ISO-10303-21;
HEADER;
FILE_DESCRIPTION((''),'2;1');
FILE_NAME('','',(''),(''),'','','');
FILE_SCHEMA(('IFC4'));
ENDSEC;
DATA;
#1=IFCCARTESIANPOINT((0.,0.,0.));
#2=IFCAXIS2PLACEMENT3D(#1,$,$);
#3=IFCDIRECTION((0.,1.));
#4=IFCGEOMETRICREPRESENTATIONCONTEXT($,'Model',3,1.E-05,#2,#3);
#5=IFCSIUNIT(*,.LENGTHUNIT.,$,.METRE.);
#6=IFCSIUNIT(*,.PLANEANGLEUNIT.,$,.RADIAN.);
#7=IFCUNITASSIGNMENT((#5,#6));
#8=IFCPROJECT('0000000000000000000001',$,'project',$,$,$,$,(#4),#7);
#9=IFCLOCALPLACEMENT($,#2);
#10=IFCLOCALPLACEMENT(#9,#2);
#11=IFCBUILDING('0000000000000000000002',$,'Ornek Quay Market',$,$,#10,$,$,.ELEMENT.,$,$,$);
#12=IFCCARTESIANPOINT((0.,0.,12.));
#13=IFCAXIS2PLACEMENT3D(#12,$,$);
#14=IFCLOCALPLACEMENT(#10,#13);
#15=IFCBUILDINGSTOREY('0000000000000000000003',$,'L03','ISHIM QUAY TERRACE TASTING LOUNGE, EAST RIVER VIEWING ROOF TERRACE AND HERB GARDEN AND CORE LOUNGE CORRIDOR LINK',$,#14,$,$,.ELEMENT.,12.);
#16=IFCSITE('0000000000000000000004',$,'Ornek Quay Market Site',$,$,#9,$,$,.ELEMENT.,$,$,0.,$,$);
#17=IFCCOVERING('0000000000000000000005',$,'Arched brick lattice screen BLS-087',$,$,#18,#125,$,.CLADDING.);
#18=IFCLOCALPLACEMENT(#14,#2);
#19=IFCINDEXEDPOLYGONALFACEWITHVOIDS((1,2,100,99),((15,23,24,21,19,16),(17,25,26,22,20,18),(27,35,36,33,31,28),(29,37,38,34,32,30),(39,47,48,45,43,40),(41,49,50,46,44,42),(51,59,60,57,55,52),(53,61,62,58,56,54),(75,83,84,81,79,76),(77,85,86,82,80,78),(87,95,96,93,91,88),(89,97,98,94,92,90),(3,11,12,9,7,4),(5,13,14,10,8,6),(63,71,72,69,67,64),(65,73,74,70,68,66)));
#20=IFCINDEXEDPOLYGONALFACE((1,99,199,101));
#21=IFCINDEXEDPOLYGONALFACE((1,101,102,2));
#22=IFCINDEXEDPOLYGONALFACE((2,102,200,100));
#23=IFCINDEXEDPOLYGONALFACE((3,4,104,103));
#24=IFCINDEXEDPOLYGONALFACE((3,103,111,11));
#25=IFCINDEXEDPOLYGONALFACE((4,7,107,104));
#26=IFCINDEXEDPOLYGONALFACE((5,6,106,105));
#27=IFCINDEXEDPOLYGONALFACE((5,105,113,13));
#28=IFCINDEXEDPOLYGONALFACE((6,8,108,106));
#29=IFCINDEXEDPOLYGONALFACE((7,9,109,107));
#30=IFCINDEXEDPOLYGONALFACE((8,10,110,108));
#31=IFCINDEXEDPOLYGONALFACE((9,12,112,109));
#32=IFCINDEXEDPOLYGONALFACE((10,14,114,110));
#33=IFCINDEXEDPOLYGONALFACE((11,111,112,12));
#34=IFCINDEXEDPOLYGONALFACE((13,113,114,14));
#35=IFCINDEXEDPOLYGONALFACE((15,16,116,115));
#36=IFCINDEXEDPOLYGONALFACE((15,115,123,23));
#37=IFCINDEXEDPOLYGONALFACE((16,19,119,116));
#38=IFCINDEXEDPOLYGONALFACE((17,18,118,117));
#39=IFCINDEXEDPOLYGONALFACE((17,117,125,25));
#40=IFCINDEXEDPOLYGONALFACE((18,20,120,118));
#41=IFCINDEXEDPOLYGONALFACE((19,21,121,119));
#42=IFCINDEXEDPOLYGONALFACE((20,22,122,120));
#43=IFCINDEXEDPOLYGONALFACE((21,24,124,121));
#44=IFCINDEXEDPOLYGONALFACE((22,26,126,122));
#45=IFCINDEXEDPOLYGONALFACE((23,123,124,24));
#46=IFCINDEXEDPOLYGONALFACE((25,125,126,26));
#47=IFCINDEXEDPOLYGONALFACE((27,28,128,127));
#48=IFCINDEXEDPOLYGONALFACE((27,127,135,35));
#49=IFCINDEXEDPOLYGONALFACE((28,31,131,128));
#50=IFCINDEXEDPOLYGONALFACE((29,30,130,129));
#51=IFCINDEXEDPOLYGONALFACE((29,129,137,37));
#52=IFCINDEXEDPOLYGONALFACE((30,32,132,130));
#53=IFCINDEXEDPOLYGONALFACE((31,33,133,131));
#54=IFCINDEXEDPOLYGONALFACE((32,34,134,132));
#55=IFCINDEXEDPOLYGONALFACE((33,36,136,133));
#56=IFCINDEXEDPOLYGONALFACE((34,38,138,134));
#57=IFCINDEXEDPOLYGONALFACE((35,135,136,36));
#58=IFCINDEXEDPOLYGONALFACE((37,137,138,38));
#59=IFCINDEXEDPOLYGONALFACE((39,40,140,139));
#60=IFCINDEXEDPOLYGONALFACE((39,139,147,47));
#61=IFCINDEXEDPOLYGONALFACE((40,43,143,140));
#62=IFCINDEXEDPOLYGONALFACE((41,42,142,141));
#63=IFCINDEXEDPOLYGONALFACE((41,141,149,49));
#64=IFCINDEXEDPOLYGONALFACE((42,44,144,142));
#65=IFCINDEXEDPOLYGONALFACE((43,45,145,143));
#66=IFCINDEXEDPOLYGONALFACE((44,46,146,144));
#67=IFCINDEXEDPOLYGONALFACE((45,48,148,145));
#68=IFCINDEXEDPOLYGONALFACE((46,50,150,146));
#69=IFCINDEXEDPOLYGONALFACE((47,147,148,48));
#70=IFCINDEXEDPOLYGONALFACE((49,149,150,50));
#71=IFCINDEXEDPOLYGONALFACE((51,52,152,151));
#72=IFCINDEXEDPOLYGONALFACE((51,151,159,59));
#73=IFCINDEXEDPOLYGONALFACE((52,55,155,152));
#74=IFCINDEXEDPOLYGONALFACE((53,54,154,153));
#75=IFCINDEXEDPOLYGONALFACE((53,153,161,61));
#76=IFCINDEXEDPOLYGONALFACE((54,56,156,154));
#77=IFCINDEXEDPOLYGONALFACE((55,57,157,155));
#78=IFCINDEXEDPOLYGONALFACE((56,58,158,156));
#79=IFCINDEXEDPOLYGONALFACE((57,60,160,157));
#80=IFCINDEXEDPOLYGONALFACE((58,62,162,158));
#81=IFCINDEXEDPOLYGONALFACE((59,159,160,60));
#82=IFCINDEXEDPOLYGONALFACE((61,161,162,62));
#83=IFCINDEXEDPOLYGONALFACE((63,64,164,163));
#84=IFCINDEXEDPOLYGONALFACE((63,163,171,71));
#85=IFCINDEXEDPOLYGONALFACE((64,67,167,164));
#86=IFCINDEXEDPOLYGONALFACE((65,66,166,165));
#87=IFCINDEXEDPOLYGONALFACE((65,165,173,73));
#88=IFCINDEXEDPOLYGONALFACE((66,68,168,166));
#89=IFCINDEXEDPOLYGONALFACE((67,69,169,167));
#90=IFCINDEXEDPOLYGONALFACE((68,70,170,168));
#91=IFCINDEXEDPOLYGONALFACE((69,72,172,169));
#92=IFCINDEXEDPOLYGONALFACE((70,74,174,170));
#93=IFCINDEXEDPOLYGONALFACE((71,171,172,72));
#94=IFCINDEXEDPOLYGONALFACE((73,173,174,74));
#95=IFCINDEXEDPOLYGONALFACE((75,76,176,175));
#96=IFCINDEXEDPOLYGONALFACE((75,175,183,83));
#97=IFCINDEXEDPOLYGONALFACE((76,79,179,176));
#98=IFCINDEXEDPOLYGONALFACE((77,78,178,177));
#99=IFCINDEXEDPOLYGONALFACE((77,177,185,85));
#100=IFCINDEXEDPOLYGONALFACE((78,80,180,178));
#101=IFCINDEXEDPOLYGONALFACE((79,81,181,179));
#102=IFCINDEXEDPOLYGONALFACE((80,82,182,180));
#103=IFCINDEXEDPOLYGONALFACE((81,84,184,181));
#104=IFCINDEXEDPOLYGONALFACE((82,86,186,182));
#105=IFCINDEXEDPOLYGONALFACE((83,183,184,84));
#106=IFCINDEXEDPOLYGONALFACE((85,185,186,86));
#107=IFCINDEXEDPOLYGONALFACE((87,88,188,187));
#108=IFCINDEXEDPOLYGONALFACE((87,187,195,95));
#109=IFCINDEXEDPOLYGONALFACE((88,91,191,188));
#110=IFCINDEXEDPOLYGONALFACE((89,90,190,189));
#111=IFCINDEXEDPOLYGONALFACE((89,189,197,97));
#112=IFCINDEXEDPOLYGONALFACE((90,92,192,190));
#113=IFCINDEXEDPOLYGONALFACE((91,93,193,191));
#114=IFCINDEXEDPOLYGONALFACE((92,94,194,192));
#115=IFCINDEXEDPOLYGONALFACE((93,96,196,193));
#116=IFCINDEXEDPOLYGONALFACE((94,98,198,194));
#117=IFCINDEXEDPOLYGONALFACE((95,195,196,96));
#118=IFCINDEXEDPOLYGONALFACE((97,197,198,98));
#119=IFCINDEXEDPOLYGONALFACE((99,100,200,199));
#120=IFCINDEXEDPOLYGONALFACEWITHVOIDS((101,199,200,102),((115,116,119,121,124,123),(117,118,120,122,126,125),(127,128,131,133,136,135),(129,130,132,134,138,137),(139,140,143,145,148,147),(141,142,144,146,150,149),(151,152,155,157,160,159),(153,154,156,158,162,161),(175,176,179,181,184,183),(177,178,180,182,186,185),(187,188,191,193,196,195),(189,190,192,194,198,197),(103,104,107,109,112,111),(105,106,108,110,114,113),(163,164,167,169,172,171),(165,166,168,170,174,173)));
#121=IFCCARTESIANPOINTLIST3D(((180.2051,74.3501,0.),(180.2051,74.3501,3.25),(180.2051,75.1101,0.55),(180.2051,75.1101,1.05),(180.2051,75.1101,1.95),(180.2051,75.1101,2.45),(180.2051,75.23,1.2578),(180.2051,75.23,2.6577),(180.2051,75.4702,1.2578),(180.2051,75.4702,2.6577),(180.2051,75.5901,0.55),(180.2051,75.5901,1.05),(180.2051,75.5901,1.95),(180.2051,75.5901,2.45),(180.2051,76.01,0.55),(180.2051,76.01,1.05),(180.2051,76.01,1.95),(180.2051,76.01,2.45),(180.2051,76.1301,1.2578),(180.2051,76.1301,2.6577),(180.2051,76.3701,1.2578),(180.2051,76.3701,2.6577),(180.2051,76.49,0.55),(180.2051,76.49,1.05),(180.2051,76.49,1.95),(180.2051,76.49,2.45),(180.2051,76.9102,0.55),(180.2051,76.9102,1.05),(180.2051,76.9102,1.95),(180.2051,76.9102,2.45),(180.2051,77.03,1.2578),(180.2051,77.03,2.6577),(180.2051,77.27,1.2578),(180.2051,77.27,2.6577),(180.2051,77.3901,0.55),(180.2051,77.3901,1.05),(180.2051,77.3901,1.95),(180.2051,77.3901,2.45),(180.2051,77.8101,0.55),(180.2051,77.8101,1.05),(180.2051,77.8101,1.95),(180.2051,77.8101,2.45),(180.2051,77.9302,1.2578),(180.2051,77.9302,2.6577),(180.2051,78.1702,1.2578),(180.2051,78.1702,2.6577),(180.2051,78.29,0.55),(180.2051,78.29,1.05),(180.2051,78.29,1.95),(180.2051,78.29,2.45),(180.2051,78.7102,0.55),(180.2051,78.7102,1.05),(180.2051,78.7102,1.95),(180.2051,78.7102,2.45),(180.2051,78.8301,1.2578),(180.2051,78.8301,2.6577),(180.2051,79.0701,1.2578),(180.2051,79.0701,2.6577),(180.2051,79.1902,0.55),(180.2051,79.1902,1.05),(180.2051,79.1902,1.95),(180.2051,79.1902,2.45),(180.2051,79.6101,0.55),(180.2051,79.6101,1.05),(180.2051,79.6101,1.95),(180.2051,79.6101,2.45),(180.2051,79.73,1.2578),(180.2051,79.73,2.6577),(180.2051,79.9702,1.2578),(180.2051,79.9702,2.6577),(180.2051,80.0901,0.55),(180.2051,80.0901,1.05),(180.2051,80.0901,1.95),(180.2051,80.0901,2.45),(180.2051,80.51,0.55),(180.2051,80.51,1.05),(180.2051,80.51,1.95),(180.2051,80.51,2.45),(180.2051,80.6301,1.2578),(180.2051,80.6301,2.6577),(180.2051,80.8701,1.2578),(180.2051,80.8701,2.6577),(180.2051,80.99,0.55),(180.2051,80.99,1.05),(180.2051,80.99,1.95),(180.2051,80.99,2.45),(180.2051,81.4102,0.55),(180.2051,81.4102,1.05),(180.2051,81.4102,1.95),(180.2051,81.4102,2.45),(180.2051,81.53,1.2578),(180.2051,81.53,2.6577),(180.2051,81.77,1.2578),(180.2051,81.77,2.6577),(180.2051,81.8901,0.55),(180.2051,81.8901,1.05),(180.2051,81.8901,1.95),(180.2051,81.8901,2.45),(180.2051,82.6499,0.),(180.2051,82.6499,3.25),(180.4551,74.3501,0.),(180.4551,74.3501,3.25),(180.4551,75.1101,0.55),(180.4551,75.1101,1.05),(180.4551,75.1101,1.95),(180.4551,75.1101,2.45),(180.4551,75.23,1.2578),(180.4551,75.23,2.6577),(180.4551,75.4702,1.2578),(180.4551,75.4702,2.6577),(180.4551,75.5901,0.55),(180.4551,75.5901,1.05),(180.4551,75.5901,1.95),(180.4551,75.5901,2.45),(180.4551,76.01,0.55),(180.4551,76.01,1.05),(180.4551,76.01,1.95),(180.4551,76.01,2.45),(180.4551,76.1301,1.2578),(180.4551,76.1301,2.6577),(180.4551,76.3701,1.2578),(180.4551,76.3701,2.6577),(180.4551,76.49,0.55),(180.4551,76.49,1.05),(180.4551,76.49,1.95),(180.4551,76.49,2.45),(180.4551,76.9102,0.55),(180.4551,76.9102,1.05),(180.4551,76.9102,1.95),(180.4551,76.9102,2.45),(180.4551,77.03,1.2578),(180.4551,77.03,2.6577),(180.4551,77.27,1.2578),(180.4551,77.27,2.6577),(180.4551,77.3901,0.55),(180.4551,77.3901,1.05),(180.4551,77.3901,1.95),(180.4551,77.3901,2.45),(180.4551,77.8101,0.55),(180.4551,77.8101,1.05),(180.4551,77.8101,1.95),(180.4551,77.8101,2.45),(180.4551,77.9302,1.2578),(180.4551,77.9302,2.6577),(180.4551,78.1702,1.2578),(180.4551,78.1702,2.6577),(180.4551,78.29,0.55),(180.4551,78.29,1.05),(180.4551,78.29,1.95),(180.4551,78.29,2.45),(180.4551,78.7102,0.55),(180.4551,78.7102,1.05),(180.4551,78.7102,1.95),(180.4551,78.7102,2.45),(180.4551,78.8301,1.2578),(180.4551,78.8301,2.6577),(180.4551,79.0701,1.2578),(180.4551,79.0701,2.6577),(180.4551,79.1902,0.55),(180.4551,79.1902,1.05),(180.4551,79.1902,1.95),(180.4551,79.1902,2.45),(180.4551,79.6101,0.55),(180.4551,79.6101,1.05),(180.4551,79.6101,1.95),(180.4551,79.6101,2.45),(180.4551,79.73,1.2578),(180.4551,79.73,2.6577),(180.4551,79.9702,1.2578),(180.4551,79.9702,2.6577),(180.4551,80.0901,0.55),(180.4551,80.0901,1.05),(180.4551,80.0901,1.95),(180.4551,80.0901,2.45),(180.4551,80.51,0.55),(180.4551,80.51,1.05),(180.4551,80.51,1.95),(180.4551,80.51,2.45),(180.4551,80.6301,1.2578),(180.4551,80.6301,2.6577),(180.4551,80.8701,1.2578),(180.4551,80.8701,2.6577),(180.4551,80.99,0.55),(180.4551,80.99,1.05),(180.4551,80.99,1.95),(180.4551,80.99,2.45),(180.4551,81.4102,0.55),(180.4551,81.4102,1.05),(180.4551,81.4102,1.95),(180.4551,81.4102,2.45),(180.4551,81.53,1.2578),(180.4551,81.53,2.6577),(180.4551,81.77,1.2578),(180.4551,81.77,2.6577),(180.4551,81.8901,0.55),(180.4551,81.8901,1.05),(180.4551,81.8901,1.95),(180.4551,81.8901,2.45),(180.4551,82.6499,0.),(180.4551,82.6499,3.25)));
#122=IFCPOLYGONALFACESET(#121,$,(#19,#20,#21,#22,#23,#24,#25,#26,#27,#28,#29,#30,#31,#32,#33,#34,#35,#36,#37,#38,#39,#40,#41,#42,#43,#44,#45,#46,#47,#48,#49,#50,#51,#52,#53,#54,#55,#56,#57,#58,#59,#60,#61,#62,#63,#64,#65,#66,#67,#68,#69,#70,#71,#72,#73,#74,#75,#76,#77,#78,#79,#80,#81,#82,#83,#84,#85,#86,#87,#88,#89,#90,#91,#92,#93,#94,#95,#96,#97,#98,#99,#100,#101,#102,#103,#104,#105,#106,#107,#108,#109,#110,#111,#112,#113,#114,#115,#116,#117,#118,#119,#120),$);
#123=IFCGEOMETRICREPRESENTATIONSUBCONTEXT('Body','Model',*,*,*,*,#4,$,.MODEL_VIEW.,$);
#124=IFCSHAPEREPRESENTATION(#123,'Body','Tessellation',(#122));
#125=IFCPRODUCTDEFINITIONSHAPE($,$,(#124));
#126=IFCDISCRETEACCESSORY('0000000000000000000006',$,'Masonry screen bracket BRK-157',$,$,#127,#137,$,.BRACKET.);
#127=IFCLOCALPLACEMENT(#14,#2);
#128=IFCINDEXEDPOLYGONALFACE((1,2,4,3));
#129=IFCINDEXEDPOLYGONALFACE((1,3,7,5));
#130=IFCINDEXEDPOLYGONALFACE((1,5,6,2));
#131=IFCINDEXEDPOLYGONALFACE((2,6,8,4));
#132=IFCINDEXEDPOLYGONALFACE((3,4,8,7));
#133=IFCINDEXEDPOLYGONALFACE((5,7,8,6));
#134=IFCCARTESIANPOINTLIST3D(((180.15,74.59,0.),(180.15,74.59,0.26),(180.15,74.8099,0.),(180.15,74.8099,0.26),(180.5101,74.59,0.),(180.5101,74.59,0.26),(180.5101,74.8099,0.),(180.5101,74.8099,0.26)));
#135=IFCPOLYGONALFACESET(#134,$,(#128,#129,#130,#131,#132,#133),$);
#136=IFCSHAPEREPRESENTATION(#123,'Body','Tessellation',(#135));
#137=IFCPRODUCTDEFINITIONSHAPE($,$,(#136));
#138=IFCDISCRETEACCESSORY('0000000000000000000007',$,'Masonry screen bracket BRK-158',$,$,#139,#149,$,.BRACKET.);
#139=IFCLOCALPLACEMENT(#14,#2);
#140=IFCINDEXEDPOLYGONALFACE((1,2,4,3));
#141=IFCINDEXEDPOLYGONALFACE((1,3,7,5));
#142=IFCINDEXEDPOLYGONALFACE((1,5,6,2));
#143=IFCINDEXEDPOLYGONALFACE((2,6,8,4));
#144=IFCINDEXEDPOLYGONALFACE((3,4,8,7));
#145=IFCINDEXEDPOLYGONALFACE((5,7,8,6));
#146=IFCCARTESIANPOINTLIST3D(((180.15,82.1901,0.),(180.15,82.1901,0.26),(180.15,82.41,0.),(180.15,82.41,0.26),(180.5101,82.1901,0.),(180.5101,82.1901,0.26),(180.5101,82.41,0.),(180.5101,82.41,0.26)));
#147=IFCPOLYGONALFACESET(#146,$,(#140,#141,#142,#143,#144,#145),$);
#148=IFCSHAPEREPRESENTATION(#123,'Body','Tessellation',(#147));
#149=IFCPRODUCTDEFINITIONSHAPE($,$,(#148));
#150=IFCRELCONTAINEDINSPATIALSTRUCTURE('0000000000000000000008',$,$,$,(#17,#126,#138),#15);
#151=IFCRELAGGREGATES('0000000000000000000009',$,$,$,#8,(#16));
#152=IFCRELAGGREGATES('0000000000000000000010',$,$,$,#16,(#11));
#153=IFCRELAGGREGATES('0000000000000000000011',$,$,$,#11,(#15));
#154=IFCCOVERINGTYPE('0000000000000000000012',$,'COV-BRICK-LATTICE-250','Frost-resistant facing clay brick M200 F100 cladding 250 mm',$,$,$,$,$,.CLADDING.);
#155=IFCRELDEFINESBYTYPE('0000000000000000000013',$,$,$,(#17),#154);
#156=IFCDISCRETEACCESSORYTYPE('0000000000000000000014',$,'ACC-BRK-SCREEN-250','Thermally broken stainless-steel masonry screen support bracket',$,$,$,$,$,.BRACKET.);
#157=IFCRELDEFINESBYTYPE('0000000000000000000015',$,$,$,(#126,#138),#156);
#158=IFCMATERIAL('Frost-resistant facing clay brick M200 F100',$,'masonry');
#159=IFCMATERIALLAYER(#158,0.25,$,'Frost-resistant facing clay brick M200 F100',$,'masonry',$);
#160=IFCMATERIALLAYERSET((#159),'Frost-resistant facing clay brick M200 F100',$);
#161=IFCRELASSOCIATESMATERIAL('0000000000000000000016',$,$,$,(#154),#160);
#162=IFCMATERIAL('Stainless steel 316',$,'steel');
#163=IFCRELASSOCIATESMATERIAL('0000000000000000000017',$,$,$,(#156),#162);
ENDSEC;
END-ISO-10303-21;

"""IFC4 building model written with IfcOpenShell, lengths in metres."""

from ifc_helpers import new_model, si_unit, direction, frame, origin, origin_2d, place, context, subcontext, project, spatial, polyline, rectangle, outline, extrude, material, layer, layer_set, type_object, element, save


model = new_model("IFC4")

# Units and contexts
model_context = context("Model", 3, precision=1e-05, world=origin(), true_north=direction((0.0, 1.0)))
body_context = subcontext(model_context, "Body", "Model", "MODEL_VIEW")
ifc_project = project(units=[si_unit("LENGTHUNIT", "METRE"), si_unit("PLANEANGLEUNIT", "RADIAN")], contexts=[model_context])

# Site, building, storey
site_placement = place(None, origin())
site = spatial("IfcSite", under=ifc_project, at=site_placement, Name="Ornek Quay Market Site", CompositionType="ELEMENT", RefElevation=0.0)
building_placement = place(site_placement, origin())
building = spatial("IfcBuilding", under=site, at=building_placement, Name="Ornek Quay Market", CompositionType="ELEMENT")
storey_placement = place(building_placement, frame((0.0, 0.0, 12.0)))
storey = spatial("IfcBuildingStorey", under=building, at=storey_placement, Name="L03", Description="ISHIM QUAY TERRACE TASTING LOUNGE, EAST RIVER VIEWING ROOF TERRACE AND HERB GARDEN AND CORE LOUNGE CORRIDOR LINK", CompositionType="ELEMENT", Elevation=12.0)

# Shared definitions
ifc_material_1 = material(Name="Frost-resistant facing clay brick M200 F100", Category="masonry")

# Covering
ifc_layer_1 = layer(ifc_material_1, 0.25, Name="Frost-resistant facing clay brick M200 F100", Category="masonry")
ifc_layer_set_1 = layer_set([ifc_layer_1], Name="Frost-resistant facing clay brick M200 F100")
covering_type = type_object("IfcCoveringType", Name="COV-BRICK-LATTICE-250", Description="Frost-resistant facing clay brick M200 F100 cladding 250 mm", PredefinedType="CLADDING", material=ifc_layer_set_1)
covering_placement = place(storey_placement, frame((180.3301, 74.3501, 0.0), z_axis=(0.0, 0.0, 1.0), x_axis=(0.0, 1.0, 0.0)))
element("IfcCovering", 1, at=covering_placement, inside=storey, type_object=covering_type, Name="Arched brick lattice screen BLS-087", PredefinedType="CLADDING", context=body_context, shape_type="SweptSolid", body=[
    extrude(outline(polyline([(0.0, 0.0), (8.2998, 0.0), (8.2998, 3.25), (0.0, 3.25), (0.0, 0.0)]), holes=[polyline([(0.76, 0.55), (1.24, 0.55), (1.24, 1.05), (1.1201, 1.2578), (0.8799, 1.2578), (0.76, 1.05), (0.76, 0.55)]), polyline([(0.76, 1.95), (1.24, 1.95), (1.24, 2.45), (1.1201, 2.6577), (0.8799, 2.6577), (0.76, 2.45), (0.76, 1.95)]), polyline([(1.6599, 0.55), (2.1399, 0.55), (2.1399, 1.05), (2.02, 1.2578), (1.78, 1.2578), (1.6599, 1.05), (1.6599, 0.55)]), polyline([(1.6599, 1.95), (2.1399, 1.95), (2.1399, 2.45), (2.02, 2.6577), (1.78, 2.6577), (1.6599, 2.45), (1.6599, 1.95)]), polyline([(2.5601, 0.55), (3.04, 0.55), (3.04, 1.05), (2.9199, 1.2578), (2.6799, 1.2578), (2.5601, 1.05), (2.5601, 0.55)]), polyline([(2.5601, 1.95), (3.04, 1.95), (3.04, 2.45), (2.9199, 2.6577), (2.6799, 2.6577), (2.5601, 2.45), (2.5601, 1.95)]), polyline([(3.46, 0.55), (3.9399, 0.55), (3.9399, 1.05), (3.8201, 1.2578), (3.5801, 1.2578), (3.46, 1.05), (3.46, 0.55)]), polyline([(3.46, 1.95), (3.9399, 1.95), (3.9399, 2.45), (3.8201, 2.6577), (3.5801, 2.6577), (3.46, 2.45), (3.46, 1.95)]), polyline([(4.3601, 0.55), (4.8401, 0.55), (4.8401, 1.05), (4.72, 1.2578), (4.48, 1.2578), (4.3601, 1.05), (4.3601, 0.55)]), polyline([(4.3601, 1.95), (4.8401, 1.95), (4.8401, 2.45), (4.72, 2.6577), (4.48, 2.6577), (4.3601, 2.45), (4.3601, 1.95)]), polyline([(5.26, 0.55), (5.74, 0.55), (5.74, 1.05), (5.6201, 1.2578), (5.3799, 1.2578), (5.26, 1.05), (5.26, 0.55)]), polyline([(5.26, 1.95), (5.74, 1.95), (5.74, 2.45), (5.6201, 2.6577), (5.3799, 2.6577), (5.26, 2.45), (5.26, 1.95)]), polyline([(6.1599, 0.55), (6.6399, 0.55), (6.6399, 1.05), (6.52, 1.2578), (6.28, 1.2578), (6.1599, 1.05), (6.1599, 0.55)]), polyline([(6.1599, 1.95), (6.6399, 1.95), (6.6399, 2.45), (6.52, 2.6577), (6.28, 2.6577), (6.1599, 2.45), (6.1599, 1.95)]), polyline([(7.0601, 0.55), (7.54, 0.55), (7.54, 1.05), (7.4199, 1.2578), (7.1799, 1.2578), (7.0601, 1.05), (7.0601, 0.55)]), polyline([(7.0601, 1.95), (7.54, 1.95), (7.54, 2.45), (7.4199, 2.6577), (7.1799, 2.6577), (7.0601, 2.45), (7.0601, 1.95)])]), frame((0.0, 0.125, 0.0), z_axis=(0.0, -1.0, 0.0), x_axis=(1.0, 0.0, 0.0)), (0.0, 0.0, 1.0), 0.25),
])

# Discrete accessories
ifc_material_2 = material(Name="Stainless steel 316", Category="steel")
discrete_accessory_type = type_object("IfcDiscreteAccessoryType", Name="ACC-BRK-SCREEN-250", Description="Thermally broken stainless-steel masonry screen support bracket", PredefinedType="BRACKET", material=ifc_material_2)
for number, where, z_axis, x_axis, name in (
    (2, (180.3301, 74.7, 0.0), (0.0, 0.0, 1.0), (0.0, 1.0, 0.0), "Masonry screen bracket BRK-157"),
    (3, (180.3301, 82.3, 0.0), (0.0, 0.0, 1.0), (0.0, 1.0, 0.0), "Masonry screen bracket BRK-158"),
):
    element("IfcDiscreteAccessory", number, at=place(storey_placement, frame(where, z_axis=z_axis, x_axis=x_axis)), inside=storey, type_object=discrete_accessory_type, Name=name, PredefinedType="BRACKET", context=body_context, shape_type="SweptSolid", body=[
        extrude(rectangle(XDim=0.22, YDim=0.3601, at=origin_2d()), origin(), (0.0, 0.0, 1.0), 0.26),
    ])

save(model, "model.ifc")
